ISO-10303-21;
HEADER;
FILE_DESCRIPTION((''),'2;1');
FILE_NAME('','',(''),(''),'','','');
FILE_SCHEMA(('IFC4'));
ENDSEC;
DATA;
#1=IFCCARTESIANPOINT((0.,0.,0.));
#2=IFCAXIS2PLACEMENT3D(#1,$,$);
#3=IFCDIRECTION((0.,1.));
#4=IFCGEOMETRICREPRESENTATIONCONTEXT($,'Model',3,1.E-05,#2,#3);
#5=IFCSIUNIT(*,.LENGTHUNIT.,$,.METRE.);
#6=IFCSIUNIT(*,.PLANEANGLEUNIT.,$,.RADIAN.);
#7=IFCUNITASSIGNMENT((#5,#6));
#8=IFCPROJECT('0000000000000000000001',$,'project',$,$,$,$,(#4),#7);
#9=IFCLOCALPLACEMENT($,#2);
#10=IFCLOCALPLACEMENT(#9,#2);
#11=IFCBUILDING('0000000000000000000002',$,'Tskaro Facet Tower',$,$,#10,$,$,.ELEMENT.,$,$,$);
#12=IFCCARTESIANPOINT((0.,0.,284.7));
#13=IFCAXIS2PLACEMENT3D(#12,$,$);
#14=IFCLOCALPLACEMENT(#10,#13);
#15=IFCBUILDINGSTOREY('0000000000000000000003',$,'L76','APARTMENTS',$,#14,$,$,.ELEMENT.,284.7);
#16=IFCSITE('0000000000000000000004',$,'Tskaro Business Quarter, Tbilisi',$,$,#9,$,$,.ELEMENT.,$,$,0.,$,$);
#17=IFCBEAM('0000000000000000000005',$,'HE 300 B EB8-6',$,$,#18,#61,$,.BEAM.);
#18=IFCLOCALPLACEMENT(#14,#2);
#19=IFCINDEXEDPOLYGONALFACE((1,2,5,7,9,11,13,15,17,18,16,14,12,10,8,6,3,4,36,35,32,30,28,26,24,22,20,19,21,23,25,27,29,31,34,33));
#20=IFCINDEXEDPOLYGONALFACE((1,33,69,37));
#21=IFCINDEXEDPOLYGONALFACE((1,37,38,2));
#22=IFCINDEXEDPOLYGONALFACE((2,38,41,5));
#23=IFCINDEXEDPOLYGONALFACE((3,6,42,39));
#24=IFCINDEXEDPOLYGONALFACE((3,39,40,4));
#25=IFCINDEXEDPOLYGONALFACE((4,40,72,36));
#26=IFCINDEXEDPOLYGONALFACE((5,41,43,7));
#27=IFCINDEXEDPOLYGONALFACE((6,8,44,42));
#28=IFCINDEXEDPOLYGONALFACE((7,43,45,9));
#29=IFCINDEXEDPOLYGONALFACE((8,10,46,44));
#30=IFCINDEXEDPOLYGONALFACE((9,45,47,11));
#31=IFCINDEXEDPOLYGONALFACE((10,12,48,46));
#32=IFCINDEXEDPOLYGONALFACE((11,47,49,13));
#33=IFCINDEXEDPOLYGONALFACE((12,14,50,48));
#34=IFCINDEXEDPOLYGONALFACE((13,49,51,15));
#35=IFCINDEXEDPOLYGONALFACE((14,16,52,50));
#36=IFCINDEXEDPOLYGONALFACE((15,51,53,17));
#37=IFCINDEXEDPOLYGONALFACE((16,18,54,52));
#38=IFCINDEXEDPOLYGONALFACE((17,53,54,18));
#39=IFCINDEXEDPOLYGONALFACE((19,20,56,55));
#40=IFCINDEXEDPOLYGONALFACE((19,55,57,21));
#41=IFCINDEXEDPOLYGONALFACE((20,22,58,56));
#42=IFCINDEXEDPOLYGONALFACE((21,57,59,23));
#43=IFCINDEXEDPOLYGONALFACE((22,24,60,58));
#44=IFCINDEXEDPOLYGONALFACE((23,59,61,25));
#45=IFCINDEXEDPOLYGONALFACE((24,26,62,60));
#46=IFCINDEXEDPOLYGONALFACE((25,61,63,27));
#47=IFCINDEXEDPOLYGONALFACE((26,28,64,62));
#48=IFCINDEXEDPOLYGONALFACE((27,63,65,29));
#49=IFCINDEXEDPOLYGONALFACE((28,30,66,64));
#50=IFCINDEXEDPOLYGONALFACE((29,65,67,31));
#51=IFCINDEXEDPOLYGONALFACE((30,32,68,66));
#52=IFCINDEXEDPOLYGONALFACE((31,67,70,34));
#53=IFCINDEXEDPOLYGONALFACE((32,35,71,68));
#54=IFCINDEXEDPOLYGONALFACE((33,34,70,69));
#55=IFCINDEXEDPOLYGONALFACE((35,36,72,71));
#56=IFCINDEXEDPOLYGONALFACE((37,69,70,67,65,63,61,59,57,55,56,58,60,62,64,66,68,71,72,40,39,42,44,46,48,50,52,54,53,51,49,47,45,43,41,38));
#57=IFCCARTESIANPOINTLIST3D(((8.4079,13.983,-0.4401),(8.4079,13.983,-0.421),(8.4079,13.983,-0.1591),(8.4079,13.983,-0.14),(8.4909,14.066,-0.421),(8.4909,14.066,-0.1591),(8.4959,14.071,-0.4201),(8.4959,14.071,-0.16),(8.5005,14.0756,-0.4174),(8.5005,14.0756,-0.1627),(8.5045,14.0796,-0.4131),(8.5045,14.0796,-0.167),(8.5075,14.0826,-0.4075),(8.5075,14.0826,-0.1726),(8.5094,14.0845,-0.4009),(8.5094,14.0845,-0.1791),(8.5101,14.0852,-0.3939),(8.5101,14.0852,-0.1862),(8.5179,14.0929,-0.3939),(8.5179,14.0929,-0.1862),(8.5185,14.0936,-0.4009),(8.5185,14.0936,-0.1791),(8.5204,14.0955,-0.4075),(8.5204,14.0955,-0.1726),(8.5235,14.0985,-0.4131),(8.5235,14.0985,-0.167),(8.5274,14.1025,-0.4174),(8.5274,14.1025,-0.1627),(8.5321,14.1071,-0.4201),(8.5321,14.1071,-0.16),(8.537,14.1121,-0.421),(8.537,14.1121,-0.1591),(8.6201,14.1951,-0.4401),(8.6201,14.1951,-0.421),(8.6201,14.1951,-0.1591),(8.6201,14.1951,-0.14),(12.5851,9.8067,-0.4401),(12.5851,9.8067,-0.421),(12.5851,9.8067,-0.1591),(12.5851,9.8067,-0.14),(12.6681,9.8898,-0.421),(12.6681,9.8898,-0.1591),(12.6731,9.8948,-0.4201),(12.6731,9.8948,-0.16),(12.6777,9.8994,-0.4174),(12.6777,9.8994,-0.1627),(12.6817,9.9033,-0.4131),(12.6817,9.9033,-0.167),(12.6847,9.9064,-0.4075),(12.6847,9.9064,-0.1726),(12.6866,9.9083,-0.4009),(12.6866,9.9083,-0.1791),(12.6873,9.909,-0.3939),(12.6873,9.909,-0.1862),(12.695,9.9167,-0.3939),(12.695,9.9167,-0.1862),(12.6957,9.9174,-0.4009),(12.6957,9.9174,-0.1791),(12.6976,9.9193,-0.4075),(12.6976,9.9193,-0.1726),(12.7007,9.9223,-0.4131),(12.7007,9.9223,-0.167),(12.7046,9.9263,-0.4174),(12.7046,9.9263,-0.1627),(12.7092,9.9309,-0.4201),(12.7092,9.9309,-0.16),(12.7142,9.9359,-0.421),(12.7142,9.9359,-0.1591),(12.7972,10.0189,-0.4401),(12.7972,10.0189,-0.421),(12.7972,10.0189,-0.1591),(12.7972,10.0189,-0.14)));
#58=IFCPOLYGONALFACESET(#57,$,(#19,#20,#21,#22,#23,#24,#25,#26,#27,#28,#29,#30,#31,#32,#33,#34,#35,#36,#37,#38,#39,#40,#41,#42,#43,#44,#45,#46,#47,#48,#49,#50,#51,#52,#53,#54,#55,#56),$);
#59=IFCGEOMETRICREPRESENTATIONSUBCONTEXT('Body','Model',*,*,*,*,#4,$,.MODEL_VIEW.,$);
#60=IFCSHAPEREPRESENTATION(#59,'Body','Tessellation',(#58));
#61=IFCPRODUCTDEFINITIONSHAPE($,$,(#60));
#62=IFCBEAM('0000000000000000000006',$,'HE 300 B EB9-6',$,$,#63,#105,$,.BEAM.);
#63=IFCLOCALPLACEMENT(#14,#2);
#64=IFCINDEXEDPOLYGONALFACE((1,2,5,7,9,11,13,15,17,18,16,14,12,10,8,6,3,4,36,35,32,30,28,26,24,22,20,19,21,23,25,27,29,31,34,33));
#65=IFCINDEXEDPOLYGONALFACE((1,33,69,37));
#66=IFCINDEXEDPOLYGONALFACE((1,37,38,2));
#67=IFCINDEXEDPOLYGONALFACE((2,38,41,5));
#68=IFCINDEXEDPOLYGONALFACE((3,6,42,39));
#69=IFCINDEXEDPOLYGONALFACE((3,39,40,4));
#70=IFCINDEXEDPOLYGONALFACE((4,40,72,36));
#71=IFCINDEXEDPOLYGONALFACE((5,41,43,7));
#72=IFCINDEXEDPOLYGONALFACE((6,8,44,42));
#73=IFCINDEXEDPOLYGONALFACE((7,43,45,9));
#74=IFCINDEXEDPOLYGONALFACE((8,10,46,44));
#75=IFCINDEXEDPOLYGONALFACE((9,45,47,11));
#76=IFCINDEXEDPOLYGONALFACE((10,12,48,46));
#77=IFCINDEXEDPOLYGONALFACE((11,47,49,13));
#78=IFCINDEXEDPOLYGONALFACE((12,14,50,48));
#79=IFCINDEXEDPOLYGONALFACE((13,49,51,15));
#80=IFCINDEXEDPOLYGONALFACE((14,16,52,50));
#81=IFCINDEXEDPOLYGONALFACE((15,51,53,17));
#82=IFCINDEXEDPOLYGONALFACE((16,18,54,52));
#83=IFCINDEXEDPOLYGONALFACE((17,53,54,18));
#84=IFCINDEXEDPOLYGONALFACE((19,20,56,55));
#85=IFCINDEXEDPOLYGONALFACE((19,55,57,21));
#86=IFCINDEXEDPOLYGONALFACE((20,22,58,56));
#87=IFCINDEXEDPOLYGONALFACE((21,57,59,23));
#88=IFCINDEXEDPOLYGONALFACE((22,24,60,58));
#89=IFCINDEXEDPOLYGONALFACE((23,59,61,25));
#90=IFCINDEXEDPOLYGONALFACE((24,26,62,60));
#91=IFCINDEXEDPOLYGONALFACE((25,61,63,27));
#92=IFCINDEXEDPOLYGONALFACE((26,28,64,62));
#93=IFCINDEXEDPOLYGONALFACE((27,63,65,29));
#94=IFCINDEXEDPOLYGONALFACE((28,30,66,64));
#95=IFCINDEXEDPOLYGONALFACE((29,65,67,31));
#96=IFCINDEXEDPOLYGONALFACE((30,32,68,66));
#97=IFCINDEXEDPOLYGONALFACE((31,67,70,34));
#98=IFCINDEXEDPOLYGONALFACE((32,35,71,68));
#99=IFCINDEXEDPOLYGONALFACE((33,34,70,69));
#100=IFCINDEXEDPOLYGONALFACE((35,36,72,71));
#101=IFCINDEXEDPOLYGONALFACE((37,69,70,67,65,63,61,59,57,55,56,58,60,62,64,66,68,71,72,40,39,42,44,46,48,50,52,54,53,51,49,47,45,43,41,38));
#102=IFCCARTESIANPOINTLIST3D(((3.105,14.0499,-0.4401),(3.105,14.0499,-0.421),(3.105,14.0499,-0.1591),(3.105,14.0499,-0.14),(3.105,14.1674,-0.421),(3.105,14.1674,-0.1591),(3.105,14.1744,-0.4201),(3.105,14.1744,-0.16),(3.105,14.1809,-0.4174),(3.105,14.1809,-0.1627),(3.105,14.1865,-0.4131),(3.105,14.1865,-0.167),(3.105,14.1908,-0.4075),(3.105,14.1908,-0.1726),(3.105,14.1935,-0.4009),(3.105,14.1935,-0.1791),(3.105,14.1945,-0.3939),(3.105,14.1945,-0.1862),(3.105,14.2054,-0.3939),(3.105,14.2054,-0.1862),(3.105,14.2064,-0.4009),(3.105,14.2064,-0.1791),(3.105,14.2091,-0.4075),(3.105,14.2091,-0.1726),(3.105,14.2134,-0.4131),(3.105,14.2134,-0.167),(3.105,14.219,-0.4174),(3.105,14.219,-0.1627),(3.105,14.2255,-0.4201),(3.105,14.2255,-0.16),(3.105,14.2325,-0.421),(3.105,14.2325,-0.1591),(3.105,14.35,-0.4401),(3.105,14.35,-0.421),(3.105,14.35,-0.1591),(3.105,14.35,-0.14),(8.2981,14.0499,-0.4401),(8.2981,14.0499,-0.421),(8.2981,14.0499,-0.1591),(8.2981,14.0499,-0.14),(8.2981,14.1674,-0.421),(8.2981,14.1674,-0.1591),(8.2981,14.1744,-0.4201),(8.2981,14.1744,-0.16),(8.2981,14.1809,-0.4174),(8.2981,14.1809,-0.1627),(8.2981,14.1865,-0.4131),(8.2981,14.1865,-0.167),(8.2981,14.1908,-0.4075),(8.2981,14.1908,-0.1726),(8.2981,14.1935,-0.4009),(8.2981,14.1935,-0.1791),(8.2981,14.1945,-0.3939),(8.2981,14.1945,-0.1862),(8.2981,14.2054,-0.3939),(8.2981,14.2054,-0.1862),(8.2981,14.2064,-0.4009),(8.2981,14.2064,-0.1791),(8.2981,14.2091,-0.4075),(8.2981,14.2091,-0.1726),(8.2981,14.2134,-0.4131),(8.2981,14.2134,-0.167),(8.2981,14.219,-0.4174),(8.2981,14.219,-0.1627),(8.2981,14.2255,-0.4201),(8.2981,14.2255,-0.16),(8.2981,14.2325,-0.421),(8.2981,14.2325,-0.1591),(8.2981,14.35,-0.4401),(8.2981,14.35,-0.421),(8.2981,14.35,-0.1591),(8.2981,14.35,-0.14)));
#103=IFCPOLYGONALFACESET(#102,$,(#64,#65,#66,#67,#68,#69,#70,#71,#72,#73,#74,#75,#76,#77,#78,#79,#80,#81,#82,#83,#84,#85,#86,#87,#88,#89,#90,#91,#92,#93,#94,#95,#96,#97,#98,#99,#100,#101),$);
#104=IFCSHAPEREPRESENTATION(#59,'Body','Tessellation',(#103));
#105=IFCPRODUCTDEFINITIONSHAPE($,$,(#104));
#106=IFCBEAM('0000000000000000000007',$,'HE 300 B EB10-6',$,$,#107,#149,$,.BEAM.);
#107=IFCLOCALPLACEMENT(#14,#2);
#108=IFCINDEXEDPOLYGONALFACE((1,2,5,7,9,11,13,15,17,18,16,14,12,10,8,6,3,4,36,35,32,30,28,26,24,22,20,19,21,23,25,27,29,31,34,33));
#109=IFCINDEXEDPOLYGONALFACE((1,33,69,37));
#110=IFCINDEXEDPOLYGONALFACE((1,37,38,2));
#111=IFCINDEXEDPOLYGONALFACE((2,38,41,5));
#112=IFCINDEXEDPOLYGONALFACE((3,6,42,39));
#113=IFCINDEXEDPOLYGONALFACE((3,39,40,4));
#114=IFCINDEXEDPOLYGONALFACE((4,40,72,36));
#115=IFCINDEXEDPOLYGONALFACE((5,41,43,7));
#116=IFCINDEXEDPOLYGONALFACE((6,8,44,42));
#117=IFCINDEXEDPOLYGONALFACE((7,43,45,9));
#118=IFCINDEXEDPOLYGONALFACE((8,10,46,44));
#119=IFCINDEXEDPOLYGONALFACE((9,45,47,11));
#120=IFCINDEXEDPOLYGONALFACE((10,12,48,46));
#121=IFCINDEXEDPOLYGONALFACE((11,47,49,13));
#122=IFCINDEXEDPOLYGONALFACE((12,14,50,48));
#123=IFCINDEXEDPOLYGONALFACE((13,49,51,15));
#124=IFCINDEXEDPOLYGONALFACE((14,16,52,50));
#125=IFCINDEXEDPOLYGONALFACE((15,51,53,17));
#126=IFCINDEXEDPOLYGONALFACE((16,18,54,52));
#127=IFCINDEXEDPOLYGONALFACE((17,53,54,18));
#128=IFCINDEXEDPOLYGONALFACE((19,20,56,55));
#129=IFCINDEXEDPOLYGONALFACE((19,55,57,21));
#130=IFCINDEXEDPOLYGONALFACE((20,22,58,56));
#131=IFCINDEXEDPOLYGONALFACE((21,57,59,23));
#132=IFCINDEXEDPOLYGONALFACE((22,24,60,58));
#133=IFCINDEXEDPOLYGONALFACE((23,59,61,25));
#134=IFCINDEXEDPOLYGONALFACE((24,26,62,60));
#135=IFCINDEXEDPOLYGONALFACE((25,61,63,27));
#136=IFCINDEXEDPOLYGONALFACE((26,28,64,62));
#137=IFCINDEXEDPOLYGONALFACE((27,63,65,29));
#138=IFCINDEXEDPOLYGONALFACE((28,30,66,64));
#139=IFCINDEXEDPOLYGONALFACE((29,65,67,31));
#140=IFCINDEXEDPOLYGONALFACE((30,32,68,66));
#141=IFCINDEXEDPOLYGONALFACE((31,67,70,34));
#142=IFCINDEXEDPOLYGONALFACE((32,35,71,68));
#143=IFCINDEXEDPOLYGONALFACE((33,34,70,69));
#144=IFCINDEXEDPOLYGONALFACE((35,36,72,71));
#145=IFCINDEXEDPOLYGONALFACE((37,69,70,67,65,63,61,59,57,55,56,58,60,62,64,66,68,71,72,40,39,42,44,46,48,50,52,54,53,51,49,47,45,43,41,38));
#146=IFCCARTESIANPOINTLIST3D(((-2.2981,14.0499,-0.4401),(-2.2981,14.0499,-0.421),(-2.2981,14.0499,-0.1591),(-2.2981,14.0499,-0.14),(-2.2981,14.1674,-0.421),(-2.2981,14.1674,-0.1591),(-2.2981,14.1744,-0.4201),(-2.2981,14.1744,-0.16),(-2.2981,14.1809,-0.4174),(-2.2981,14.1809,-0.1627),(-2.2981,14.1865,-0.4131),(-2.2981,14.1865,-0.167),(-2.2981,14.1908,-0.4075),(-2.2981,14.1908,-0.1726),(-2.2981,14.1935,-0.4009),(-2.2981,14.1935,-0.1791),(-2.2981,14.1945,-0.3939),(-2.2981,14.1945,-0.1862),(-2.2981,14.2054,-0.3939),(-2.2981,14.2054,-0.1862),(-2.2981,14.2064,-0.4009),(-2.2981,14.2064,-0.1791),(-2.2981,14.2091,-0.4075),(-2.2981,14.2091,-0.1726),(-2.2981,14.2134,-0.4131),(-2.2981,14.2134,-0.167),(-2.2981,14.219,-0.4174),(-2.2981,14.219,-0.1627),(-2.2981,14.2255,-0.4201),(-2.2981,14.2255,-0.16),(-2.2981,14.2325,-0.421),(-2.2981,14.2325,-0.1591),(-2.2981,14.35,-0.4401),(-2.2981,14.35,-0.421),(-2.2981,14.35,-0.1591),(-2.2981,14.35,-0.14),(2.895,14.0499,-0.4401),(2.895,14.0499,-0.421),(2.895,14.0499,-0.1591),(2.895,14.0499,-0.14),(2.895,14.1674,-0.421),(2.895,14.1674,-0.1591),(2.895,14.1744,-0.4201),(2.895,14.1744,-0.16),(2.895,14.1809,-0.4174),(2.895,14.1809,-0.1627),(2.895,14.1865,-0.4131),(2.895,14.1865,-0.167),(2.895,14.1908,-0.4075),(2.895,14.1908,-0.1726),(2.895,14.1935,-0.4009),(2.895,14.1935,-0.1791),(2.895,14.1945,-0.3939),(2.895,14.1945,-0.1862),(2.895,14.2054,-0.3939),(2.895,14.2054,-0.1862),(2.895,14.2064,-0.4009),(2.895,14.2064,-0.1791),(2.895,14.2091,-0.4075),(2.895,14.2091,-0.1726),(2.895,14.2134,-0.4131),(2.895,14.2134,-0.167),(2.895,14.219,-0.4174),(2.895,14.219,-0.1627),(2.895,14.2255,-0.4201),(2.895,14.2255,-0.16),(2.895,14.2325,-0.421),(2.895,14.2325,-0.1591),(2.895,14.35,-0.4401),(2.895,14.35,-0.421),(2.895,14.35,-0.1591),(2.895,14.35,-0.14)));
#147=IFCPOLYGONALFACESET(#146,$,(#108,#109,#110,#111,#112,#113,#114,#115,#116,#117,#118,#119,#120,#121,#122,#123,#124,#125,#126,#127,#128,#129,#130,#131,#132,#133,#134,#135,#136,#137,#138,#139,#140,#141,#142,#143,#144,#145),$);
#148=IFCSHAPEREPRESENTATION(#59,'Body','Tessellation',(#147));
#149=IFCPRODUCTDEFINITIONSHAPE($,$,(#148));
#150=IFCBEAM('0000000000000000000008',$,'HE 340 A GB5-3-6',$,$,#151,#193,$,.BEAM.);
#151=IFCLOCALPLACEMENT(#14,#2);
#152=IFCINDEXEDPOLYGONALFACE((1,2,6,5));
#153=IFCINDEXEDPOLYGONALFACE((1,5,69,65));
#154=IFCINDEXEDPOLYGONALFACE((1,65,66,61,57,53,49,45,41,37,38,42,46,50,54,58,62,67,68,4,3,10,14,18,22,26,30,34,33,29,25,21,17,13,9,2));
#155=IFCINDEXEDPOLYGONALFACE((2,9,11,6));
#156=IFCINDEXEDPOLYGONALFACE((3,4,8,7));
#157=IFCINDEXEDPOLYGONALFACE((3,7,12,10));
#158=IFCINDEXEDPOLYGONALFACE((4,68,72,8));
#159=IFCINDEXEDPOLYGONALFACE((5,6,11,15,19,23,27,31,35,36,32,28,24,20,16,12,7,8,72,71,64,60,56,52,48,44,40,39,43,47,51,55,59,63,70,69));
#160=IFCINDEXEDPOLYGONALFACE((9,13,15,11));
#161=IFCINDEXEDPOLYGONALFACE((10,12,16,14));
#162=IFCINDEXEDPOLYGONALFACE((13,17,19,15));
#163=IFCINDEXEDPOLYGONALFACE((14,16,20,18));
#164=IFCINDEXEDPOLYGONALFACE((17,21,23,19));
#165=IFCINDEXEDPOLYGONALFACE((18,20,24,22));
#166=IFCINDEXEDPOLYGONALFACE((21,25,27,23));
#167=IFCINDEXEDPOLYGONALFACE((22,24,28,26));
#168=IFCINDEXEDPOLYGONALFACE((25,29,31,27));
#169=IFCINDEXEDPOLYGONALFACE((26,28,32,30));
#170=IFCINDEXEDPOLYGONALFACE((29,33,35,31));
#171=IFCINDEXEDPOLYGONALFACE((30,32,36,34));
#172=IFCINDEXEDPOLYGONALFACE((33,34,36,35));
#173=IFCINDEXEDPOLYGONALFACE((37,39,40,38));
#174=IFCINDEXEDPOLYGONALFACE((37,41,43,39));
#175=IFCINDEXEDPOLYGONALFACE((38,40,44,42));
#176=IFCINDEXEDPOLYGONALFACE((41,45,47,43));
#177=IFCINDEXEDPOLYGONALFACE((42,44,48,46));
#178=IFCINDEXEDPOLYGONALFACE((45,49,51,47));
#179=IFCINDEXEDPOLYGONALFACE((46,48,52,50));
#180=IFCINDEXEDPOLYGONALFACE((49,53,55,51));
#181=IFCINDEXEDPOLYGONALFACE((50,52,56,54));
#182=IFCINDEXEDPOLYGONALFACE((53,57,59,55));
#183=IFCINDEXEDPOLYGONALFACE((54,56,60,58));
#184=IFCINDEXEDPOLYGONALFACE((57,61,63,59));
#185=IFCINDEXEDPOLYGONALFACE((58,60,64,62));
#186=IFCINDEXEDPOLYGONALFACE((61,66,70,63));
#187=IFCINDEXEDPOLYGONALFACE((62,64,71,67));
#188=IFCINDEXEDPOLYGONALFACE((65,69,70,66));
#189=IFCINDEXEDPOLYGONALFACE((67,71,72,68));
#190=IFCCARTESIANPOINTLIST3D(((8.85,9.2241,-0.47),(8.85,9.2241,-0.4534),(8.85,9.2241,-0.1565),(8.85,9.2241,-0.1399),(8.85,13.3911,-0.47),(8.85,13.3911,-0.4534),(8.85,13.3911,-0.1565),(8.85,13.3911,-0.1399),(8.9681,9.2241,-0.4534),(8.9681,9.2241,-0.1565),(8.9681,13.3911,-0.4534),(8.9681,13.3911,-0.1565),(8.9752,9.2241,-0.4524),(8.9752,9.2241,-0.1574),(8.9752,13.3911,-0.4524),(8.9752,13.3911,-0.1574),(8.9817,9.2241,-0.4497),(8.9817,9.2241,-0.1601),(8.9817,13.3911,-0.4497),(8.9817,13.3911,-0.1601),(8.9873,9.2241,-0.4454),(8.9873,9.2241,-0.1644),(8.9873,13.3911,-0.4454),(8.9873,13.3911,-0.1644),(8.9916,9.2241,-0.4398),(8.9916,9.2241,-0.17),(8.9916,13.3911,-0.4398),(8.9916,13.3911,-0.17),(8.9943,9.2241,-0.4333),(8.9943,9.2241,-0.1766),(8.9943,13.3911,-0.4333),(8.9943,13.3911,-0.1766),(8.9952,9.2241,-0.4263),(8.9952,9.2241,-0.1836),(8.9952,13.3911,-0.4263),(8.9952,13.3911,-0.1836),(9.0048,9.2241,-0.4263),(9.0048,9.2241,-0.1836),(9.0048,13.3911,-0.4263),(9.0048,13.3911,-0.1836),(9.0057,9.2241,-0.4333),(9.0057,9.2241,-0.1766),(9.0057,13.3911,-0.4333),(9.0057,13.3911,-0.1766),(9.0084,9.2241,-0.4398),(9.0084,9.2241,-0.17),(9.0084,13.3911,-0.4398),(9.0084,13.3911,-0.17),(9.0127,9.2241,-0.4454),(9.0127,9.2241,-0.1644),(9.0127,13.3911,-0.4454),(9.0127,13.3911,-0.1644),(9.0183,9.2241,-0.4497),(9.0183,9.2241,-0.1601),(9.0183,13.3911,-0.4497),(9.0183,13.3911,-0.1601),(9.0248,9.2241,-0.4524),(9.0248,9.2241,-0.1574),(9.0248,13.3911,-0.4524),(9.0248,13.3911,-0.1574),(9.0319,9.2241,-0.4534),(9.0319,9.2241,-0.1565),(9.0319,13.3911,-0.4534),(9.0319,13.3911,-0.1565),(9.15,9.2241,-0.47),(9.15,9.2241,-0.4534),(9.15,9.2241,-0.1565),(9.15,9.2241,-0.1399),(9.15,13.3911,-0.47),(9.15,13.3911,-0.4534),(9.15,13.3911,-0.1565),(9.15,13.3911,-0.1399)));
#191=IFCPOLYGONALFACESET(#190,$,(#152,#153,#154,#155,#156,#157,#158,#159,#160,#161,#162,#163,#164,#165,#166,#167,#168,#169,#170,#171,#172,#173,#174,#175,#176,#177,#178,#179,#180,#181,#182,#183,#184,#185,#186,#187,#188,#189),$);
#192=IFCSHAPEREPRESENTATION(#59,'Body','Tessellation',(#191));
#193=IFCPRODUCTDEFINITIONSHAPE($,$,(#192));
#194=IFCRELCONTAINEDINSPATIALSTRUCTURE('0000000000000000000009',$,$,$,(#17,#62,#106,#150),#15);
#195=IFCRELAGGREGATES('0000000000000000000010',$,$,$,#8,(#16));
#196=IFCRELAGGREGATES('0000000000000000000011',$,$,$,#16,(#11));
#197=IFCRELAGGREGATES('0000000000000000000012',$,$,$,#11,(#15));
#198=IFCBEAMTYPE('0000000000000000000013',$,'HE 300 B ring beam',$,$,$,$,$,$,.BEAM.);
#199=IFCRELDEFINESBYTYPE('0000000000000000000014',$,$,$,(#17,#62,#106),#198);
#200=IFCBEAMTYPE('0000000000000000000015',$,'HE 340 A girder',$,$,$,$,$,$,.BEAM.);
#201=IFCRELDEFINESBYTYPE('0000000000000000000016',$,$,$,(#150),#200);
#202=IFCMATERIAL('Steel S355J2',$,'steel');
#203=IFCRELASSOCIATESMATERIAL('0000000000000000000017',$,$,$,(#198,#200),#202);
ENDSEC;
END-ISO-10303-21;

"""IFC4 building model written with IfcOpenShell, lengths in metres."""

from ifc_helpers import new_model, si_unit, direction, frame, origin, origin_2d, place, context, subcontext, project, spatial, i_section, extrude, material, material_profile, profile_set, type_object, element, save


model = new_model("IFC4")

# Units and contexts
model_context = context("Model", 3, precision=1e-05, world=origin(), true_north=direction((0.0, 1.0)))
body_context = subcontext(model_context, "Body", "Model", "MODEL_VIEW")
ifc_project = project(units=[si_unit("LENGTHUNIT", "METRE"), si_unit("PLANEANGLEUNIT", "RADIAN")], contexts=[model_context])

# Site, building, storey
site_placement = place(None, origin())
site = spatial("IfcSite", under=ifc_project, at=site_placement, Name="Tskaro Business Quarter, Tbilisi", CompositionType="ELEMENT", RefElevation=0.0)
building_placement = place(site_placement, origin())
building = spatial("IfcBuilding", under=site, at=building_placement, Name="Tskaro Facet Tower", CompositionType="ELEMENT")
storey_placement = place(building_placement, frame((0.0, 0.0, 284.7)))
storey = spatial("IfcBuildingStorey", under=building, at=storey_placement, Name="L76", Description="APARTMENTS", CompositionType="ELEMENT", Elevation=284.7)

# Shared definitions
ifc_material_1 = material(Name="Steel S355J2", Category="steel")

# Beams
ifc_material_profile_1 = material_profile(ifc_material_1, i_section(OverallWidth=0.3, OverallDepth=0.3, WebThickness=0.011, FlangeThickness=0.019, FilletRadius=0.0271, at=origin_2d()), Name="HE 300 B")
ifc_profile_set_1 = profile_set([ifc_material_profile_1], Name="Steel S355J2")
beam_type_1 = type_object("IfcBeamType", Name="HE 300 B ring beam", PredefinedType="BEAM", material=ifc_profile_set_1)
beam_1_placement = place(storey_placement, frame((12.6912, 9.9128, -0.29), z_axis=(-0.707189, 0.707024, 0.0), x_axis=(-0.707024, -0.707189, 0.0)))
element("IfcBeam", 1, at=beam_1_placement, inside=storey, type_object=beam_type_1, Name="HE 300 B EB8-6", PredefinedType="BEAM", context=body_context, shape_type="SweptSolid", body=[
    extrude(i_section(OverallWidth=0.3, OverallDepth=0.3, WebThickness=0.011, FlangeThickness=0.019, FilletRadius=0.0271, at=origin_2d()), origin(), (0.0, 0.0, 1.0), 5.9067),
])
for number, where, z_axis, x_axis, name in (
    (2, (8.2981, 14.2, -0.29), (-1.0, 0.0, 0.0), (0.0, -1.0, 0.0), "HE 300 B EB9-6"),
    (3, (2.895, 14.2, -0.29), (-1.0, 0.0, 0.0), (0.0, -1.0, 0.0), "HE 300 B EB10-6"),
):
    element("IfcBeam", number, at=place(storey_placement, frame(where, z_axis=z_axis, x_axis=x_axis)), inside=storey, type_object=beam_type_1, Name=name, PredefinedType="BEAM", context=body_context, shape_type="SweptSolid", body=[
        extrude(i_section(OverallWidth=0.3, OverallDepth=0.3, WebThickness=0.011, FlangeThickness=0.019, FilletRadius=0.0271, at=origin_2d()), origin(), (0.0, 0.0, 1.0), 5.1931),
    ])
ifc_material_profile_2 = material_profile(ifc_material_1, i_section(OverallWidth=0.3, OverallDepth=0.3301, WebThickness=0.0095, FlangeThickness=0.0166, FilletRadius=0.0271, at=origin_2d()), Name="HE 340 A")
ifc_profile_set_2 = profile_set([ifc_material_profile_2], Name="Steel S355J2")
beam_type_2 = type_object("IfcBeamType", Name="HE 340 A girder", PredefinedType="BEAM", material=ifc_profile_set_2)
beam_2_placement = place(storey_placement, frame((9.0, 9.2241, -0.3049), z_axis=(0.0, 1.0, 0.0), x_axis=(-1.0, 0.0, 0.0)))
element("IfcBeam", 4, at=beam_2_placement, inside=storey, type_object=beam_type_2, Name="HE 340 A GB5-3-6", PredefinedType="BEAM", context=body_context, shape_type="SweptSolid", body=[
    extrude(i_section(OverallWidth=0.3, OverallDepth=0.3301, WebThickness=0.0095, FlangeThickness=0.0166, FilletRadius=0.0271, at=origin_2d()), origin(), (0.0, 0.0, 1.0), 4.167),
])

save(model, "model.ifc")
